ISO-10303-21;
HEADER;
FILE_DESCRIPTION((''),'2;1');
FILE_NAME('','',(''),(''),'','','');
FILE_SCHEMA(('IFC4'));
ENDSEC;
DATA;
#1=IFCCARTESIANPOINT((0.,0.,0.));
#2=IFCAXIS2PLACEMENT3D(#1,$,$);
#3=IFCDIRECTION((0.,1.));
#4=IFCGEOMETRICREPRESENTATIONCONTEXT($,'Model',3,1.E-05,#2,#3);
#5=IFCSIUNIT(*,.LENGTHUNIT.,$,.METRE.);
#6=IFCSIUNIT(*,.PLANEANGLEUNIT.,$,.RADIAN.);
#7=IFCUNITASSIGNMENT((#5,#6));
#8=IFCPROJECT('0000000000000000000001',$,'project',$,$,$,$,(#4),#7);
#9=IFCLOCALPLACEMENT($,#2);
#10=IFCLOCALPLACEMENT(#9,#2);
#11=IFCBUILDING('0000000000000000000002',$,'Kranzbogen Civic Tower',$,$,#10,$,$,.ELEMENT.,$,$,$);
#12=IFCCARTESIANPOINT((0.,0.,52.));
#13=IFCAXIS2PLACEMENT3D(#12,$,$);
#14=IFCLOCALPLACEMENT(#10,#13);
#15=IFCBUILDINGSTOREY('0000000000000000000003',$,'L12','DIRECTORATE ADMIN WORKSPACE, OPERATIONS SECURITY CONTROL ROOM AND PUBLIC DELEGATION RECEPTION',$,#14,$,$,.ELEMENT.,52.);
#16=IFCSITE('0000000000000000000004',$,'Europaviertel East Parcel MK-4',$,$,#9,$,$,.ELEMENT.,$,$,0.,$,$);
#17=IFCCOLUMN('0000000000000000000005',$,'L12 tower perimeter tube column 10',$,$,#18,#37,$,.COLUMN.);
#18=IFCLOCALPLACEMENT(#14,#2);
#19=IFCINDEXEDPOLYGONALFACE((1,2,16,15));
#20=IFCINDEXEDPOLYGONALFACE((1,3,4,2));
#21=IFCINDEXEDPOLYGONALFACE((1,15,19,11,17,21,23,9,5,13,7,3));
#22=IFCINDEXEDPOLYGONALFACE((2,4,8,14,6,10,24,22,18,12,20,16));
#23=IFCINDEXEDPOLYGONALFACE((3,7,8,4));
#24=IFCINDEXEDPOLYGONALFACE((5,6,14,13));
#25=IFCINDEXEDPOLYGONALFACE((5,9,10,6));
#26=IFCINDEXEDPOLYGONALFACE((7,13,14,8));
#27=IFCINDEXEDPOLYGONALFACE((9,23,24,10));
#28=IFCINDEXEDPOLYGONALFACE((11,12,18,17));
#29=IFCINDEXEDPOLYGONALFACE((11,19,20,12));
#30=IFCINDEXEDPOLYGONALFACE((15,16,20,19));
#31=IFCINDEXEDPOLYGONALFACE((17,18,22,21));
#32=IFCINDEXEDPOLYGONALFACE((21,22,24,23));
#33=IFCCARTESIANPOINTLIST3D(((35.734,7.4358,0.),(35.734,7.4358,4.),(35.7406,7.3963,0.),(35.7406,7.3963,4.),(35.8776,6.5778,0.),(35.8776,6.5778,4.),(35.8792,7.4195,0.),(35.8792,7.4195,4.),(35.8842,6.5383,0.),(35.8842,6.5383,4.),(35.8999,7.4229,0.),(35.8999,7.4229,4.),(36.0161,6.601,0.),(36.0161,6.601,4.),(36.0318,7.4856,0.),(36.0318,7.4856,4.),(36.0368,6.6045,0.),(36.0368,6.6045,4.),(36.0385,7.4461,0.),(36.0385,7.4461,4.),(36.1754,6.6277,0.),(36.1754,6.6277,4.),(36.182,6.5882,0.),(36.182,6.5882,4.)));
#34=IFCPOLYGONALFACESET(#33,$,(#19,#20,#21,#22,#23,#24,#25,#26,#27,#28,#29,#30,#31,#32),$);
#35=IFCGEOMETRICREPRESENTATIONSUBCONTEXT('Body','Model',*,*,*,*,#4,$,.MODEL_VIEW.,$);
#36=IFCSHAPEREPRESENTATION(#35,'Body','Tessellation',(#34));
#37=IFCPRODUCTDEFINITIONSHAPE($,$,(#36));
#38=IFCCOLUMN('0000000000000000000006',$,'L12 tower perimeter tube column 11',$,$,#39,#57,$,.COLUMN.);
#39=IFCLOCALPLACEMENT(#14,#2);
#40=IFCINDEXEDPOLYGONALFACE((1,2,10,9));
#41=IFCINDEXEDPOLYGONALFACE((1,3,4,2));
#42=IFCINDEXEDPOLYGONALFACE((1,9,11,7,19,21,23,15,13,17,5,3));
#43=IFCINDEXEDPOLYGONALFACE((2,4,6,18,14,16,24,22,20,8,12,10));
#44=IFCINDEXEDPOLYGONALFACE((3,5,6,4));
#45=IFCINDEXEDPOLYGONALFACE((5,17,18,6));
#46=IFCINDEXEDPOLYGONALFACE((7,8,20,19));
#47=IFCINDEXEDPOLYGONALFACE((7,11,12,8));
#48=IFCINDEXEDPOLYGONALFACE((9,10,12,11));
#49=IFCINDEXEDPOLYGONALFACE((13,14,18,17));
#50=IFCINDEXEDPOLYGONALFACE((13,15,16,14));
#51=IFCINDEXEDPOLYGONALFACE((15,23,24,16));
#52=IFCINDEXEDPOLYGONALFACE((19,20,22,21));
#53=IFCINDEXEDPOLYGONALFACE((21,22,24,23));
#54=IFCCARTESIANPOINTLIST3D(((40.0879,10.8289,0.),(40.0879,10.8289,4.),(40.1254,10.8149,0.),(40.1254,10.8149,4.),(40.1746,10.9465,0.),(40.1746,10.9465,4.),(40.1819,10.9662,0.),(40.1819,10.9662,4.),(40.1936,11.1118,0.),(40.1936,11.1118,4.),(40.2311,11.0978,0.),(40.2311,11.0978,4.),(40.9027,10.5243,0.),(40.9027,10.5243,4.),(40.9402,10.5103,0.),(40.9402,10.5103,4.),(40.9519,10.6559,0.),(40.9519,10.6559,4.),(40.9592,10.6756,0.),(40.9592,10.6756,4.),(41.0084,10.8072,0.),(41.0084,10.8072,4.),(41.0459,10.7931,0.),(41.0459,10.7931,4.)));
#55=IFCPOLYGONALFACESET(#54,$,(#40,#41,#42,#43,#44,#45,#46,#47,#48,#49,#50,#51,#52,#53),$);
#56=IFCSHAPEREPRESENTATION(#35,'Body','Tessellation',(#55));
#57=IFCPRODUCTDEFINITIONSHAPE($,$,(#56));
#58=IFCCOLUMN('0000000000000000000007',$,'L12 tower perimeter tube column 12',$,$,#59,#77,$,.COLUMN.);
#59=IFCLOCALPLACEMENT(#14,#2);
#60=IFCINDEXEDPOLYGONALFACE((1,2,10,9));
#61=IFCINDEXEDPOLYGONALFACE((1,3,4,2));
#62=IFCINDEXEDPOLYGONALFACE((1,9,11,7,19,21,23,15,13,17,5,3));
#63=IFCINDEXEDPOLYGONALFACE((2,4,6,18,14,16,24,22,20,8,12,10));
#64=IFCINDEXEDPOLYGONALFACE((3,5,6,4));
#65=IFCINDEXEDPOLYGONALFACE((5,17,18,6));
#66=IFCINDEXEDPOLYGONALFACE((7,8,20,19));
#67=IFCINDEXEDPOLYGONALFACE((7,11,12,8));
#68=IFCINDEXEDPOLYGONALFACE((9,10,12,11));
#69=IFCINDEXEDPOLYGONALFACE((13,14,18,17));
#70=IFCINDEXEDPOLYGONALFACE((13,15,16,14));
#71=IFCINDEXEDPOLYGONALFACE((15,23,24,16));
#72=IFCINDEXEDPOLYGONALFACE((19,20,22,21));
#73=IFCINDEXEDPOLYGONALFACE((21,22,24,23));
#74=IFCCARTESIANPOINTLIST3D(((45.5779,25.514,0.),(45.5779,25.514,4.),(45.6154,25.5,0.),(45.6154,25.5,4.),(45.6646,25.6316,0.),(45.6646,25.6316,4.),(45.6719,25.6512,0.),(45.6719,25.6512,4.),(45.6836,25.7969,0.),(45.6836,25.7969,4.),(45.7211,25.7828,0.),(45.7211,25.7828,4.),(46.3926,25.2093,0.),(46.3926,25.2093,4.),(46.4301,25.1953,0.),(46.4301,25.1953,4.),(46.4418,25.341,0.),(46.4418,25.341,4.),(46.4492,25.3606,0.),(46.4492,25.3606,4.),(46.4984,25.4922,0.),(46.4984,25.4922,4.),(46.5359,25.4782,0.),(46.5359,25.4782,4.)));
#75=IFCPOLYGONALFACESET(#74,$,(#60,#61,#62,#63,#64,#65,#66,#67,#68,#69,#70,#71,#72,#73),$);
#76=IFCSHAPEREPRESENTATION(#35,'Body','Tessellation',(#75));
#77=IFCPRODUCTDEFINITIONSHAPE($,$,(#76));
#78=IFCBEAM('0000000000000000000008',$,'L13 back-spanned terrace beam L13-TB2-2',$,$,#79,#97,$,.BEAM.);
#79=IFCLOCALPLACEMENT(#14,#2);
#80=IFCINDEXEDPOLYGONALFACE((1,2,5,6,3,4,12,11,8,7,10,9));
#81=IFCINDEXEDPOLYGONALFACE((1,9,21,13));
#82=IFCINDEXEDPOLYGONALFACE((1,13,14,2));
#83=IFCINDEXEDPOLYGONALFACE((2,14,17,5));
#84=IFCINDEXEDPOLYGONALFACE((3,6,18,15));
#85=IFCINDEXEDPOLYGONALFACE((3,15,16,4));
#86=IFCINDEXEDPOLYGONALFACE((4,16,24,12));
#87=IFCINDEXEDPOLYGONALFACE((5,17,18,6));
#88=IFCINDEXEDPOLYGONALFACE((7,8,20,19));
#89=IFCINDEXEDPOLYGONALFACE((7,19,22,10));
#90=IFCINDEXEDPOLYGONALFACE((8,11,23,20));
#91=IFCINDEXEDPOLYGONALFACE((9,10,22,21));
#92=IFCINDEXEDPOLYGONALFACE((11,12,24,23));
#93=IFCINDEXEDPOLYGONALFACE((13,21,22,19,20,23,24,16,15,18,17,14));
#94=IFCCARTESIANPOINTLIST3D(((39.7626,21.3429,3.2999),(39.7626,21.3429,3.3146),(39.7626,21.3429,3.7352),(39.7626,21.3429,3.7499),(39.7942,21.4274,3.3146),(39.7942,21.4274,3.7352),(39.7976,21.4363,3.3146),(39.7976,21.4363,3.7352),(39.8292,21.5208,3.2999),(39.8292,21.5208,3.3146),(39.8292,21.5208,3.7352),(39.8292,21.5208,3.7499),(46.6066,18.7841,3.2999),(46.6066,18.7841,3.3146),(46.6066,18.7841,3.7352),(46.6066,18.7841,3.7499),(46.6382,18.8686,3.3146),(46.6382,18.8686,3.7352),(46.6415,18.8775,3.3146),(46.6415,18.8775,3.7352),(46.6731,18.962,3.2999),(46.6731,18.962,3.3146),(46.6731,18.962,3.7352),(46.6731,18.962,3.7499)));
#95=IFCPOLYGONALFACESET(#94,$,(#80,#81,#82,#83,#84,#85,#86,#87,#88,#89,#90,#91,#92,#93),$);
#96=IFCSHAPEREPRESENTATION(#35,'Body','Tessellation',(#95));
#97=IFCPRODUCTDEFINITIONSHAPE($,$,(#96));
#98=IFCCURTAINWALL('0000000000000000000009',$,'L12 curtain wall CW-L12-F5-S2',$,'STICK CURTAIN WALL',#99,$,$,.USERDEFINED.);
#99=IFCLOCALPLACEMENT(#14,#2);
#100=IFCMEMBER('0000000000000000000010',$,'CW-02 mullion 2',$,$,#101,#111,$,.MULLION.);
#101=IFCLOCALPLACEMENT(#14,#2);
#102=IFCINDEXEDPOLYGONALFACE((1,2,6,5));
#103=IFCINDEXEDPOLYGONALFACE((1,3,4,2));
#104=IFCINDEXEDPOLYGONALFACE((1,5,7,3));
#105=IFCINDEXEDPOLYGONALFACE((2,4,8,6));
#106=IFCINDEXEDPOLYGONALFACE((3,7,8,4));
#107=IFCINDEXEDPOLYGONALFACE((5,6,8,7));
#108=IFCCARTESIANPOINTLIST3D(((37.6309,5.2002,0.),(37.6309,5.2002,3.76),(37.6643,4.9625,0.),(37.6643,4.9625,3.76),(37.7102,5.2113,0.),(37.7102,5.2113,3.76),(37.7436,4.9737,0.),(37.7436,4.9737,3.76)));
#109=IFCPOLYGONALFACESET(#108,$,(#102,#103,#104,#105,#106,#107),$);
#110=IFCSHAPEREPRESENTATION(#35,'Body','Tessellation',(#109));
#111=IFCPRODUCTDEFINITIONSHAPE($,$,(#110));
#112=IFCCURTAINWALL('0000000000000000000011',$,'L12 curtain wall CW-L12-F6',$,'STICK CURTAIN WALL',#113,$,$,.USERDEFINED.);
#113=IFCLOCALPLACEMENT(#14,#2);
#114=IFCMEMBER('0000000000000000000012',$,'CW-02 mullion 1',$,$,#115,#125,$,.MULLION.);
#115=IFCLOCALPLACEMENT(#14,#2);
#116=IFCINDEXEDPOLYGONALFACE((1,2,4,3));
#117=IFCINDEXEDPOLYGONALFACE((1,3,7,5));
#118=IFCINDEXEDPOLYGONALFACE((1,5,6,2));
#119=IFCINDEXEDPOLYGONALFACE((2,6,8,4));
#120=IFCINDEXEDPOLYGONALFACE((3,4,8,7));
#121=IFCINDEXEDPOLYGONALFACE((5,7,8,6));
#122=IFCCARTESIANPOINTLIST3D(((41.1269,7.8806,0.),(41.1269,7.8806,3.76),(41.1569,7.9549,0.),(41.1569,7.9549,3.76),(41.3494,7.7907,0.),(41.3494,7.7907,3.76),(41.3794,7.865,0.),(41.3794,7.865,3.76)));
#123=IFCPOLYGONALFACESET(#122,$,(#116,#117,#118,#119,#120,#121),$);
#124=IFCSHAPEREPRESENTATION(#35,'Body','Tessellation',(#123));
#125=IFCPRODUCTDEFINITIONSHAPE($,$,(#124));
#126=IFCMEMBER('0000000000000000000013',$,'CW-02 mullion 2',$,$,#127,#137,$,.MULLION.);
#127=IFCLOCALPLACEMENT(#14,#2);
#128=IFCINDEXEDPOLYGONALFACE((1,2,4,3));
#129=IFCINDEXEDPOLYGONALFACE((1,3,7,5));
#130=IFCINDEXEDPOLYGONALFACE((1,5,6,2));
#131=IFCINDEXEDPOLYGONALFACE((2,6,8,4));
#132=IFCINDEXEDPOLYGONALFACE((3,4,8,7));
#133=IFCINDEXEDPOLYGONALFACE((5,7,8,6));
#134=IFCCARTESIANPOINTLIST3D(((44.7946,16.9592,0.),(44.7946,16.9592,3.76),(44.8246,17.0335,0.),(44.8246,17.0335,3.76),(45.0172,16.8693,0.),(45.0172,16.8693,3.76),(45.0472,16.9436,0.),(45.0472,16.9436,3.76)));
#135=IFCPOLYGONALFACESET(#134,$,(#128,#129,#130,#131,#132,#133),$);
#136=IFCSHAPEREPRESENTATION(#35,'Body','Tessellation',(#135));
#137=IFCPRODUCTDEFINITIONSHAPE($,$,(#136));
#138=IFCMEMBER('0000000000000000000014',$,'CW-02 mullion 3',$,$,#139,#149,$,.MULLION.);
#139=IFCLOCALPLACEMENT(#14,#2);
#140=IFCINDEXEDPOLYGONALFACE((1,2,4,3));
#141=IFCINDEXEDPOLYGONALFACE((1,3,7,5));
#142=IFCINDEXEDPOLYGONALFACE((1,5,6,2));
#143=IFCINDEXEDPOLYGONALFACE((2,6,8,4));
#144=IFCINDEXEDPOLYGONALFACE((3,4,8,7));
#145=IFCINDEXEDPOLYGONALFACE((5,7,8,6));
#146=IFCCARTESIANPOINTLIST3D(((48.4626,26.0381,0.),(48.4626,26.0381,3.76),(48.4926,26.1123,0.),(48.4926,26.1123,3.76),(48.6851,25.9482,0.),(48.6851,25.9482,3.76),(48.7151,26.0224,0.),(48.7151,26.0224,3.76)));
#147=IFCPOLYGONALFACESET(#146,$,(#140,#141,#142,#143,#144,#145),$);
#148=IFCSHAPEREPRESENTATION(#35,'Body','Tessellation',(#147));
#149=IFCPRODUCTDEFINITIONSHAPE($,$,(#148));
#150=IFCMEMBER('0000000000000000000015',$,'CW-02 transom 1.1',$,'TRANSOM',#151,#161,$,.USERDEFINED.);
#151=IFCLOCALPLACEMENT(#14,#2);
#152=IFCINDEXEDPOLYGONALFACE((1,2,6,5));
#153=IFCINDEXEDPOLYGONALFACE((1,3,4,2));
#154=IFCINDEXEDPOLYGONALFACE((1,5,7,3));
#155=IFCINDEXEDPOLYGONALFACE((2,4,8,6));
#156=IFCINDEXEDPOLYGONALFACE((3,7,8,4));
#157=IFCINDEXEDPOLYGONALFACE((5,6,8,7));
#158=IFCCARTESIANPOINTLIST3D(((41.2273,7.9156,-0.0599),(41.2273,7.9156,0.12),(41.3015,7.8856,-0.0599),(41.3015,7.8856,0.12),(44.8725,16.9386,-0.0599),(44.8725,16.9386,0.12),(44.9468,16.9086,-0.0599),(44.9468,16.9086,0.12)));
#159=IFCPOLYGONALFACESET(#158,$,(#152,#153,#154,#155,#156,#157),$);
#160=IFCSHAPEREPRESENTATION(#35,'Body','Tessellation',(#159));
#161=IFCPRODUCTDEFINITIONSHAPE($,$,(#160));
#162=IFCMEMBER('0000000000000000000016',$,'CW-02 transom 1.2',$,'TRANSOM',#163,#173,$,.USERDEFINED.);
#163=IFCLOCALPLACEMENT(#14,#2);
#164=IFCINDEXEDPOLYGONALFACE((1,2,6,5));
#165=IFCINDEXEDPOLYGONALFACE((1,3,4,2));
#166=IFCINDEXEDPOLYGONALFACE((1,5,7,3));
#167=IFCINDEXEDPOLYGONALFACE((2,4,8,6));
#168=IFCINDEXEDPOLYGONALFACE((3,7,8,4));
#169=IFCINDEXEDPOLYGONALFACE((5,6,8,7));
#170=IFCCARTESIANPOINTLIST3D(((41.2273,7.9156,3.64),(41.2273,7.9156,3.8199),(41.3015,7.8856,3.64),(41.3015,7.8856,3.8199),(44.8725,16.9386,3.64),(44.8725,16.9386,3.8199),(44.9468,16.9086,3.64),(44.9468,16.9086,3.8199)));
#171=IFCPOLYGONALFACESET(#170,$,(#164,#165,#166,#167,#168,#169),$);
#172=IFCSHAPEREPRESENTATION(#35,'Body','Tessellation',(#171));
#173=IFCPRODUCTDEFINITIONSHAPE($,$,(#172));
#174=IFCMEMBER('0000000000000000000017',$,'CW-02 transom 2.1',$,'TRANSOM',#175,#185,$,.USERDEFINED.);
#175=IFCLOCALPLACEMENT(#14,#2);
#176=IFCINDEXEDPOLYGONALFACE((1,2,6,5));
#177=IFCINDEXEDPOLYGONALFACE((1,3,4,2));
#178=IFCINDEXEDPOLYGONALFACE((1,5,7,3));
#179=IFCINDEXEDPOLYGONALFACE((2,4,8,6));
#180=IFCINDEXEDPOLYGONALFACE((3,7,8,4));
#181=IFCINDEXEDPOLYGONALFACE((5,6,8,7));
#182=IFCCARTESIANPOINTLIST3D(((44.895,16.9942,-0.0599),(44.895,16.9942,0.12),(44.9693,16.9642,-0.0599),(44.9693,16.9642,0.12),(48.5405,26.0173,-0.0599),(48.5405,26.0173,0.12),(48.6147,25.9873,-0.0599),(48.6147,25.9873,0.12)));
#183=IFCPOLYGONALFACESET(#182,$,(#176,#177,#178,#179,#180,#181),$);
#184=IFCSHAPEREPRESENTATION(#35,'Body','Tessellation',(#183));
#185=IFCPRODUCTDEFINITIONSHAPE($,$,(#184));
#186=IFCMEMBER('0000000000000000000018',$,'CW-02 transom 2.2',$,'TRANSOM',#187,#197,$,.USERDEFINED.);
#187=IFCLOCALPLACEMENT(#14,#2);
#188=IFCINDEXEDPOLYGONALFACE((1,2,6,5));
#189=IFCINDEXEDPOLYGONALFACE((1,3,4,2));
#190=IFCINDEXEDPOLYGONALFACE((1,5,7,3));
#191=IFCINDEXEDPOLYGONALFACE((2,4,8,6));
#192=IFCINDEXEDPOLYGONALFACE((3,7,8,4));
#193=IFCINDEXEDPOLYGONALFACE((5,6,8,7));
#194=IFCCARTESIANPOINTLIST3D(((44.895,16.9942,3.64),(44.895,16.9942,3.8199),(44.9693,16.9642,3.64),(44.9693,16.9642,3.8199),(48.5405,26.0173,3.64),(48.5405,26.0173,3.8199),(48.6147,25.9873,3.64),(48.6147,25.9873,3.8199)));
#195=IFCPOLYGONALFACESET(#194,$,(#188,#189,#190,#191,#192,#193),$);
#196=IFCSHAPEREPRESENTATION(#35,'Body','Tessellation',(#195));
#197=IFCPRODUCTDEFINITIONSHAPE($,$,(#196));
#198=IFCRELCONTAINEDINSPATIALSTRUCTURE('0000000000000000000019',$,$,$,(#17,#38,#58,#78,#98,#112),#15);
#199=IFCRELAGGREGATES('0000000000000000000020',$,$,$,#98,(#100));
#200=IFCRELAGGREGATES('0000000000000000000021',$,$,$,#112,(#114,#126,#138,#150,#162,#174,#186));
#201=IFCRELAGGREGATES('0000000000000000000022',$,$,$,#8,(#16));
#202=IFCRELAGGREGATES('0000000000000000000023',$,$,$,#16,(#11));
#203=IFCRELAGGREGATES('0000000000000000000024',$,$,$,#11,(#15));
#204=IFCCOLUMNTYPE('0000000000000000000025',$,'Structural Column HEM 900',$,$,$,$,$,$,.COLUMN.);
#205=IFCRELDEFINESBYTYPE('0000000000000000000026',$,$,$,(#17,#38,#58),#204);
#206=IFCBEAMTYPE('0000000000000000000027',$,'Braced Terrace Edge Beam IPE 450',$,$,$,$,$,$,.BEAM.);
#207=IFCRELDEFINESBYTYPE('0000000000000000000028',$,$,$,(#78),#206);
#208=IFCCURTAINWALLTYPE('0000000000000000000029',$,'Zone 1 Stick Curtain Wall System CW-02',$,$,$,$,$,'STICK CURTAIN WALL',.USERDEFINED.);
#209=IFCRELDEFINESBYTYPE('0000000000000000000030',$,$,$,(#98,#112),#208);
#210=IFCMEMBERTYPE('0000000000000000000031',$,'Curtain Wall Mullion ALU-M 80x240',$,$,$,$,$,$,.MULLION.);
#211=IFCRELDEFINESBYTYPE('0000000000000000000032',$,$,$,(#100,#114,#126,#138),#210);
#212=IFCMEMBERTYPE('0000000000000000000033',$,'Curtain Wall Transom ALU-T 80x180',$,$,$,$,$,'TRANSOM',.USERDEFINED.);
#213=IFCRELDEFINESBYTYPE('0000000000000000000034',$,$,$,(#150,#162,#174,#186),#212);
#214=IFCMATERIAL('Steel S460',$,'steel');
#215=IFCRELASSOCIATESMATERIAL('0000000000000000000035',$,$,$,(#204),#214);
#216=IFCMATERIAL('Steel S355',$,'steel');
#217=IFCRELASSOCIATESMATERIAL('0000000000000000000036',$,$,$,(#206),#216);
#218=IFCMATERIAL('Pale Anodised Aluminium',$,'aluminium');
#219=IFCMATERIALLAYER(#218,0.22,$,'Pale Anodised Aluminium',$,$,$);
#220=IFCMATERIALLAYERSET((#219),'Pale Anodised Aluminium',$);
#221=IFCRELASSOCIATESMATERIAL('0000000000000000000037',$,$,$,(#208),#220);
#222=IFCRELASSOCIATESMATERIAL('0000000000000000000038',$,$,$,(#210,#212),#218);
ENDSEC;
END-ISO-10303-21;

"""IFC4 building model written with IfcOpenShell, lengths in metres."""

from ifc_helpers import new_model, si_unit, direction, frame, origin, origin_2d, place, context, subcontext, project, spatial, rectangle, i_section, extrude, material, layer, layer_set, material_profile, profile_set, type_object, element, aggregate, save


model = new_model("IFC4")

# Units and contexts
model_context = context("Model", 3, precision=1e-05, world=origin(), true_north=direction((0.0, 1.0)))
body_context = subcontext(model_context, "Body", "Model", "MODEL_VIEW")
ifc_project = project(units=[si_unit("LENGTHUNIT", "METRE"), si_unit("PLANEANGLEUNIT", "RADIAN")], contexts=[model_context])

# Site, building, storey
site_placement = place(None, origin())
site = spatial("IfcSite", under=ifc_project, at=site_placement, Name="Europaviertel East Parcel MK-4", CompositionType="ELEMENT", RefElevation=0.0)
building_placement = place(site_placement, origin())
building = spatial("IfcBuilding", under=site, at=building_placement, Name="Kranzbogen Civic Tower", CompositionType="ELEMENT")
storey_placement = place(building_placement, frame((0.0, 0.0, 52.0)))
storey = spatial("IfcBuildingStorey", under=building, at=storey_placement, Name="L12", Description="DIRECTORATE ADMIN WORKSPACE, OPERATIONS SECURITY CONTROL ROOM AND PUBLIC DELEGATION RECEPTION", CompositionType="ELEMENT", Elevation=52.0)

# Columns
ifc_material_1 = material(Name="Steel S460", Category="steel")
ifc_material_profile_1 = material_profile(ifc_material_1, i_section(OverallWidth=0.302, OverallDepth=0.9099, WebThickness=0.021, FlangeThickness=0.04, at=origin_2d()), Name="HEM 900")
ifc_profile_set_1 = profile_set([ifc_material_profile_1], Name="Steel S460")
column_type = type_object("IfcColumnType", Name="Structural Column HEM 900", PredefinedType="COLUMN", material=ifc_profile_set_1)
for number, where, z_axis, x_axis, name in (
    (1, (35.958, 7.012, 0.0), (0.0, 0.0, 1.0), (0.986286, 0.165048, 0.0), "L12 tower perimeter tube column 10"),
    (2, (40.5669, 10.811, 0.0), (0.0, 0.0, 1.0), (0.350207, 0.936672, 0.0), "L12 tower perimeter tube column 11"),
    (3, (46.0569, 25.4961, 0.0), (0.0, 0.0, 1.0), (0.350207, 0.936672, 0.0), "L12 tower perimeter tube column 12"),
):
    element("IfcColumn", number, at=place(storey_placement, frame(where, z_axis=z_axis, x_axis=x_axis)), inside=storey, type_object=column_type, Name=name, PredefinedType="COLUMN", context=body_context, shape_type="SweptSolid", body=[
        extrude(i_section(OverallWidth=0.302, OverallDepth=0.9099, WebThickness=0.021, FlangeThickness=0.04, at=origin_2d()), origin(), (0.0, 0.0, 1.0), 4.0),
    ])

# Beam
ifc_material_2 = material(Name="Steel S355", Category="steel")
ifc_material_profile_2 = material_profile(ifc_material_2, i_section(OverallWidth=0.1899, OverallDepth=0.45, WebThickness=0.0095, FlangeThickness=0.0146, at=origin_2d()), Name="IPE 450")
ifc_profile_set_2 = profile_set([ifc_material_profile_2], Name="Steel S355")
beam_type_1 = type_object("IfcBeamType", Name="Braced Terrace Edge Beam IPE 450", PredefinedType="BEAM", material=ifc_profile_set_2)
beam_1_placement = place(storey_placement, frame((39.7959, 21.4319, 3.5249), z_axis=(0.936673, -0.350204, 0.0), x_axis=(0.350204, 0.936673, 0.0)))
element("IfcBeam", 4, at=beam_1_placement, inside=storey, type_object=beam_type_1, Name="L13 back-spanned terrace beam L13-TB2-2", PredefinedType="BEAM", context=body_context, shape_type="SweptSolid", body=[
    extrude(i_section(OverallWidth=0.1899, OverallDepth=0.45, WebThickness=0.0095, FlangeThickness=0.0146, at=origin_2d()), origin(), (0.0, 0.0, 1.0), 7.3066),
])

# Curtain wall, member
ifc_material_3 = material(Name="Pale Anodised Aluminium", Category="aluminium")
ifc_layer_1 = layer(ifc_material_3, 0.22, Name="Pale Anodised Aluminium")
ifc_layer_set_1 = layer_set([ifc_layer_1], Name="Pale Anodised Aluminium")
curtain_wall_type = type_object("IfcCurtainWallType", Name="Zone 1 Stick Curtain Wall System CW-02", ElementType="STICK CURTAIN WALL", PredefinedType="USERDEFINED", material=ifc_layer_set_1)
curtain_wall_1_placement = place(storey_placement, origin())
curtain_wall_1 = element("IfcCurtainWall", 5, at=curtain_wall_1_placement, inside=storey, type_object=curtain_wall_type, Name="L12 curtain wall CW-L12-F5-S2", ObjectType="STICK CURTAIN WALL", PredefinedType="USERDEFINED")
ifc_material_profile_3 = material_profile(ifc_material_3, rectangle(XDim=0.0801, YDim=0.24, at=origin_2d()), Name="ALU-M 80x240")
ifc_profile_set_3 = profile_set([ifc_material_profile_3], Name="Pale Anodised Aluminium")
member_type_1 = type_object("IfcMemberType", Name="Curtain Wall Mullion ALU-M 80x240", PredefinedType="MULLION", material=ifc_profile_set_3)
member_1_placement = place(storey_placement, frame((37.6873, 5.0869, 0.0), z_axis=(0.0, 0.0, 1.0), x_axis=(0.990267, 0.13918, 0.0)))
member_1 = element("IfcMember", 6, at=member_1_placement, type_object=member_type_1, Name="CW-02 mullion 2", PredefinedType="MULLION", context=body_context, shape_type="SweptSolid", body=[
    extrude(rectangle(XDim=0.0801, YDim=0.24, at=origin_2d()), origin(), (0.0, 0.0, 1.0), 3.76),
])
aggregate(curtain_wall_1, [member_1])

# Curtain wall, members
curtain_wall_2_placement = place(storey_placement, origin())
curtain_wall_2 = element("IfcCurtainWall", 7, at=curtain_wall_2_placement, inside=storey, type_object=curtain_wall_type, Name="L12 curtain wall CW-L12-F6", ObjectType="STICK CURTAIN WALL", PredefinedType="USERDEFINED")
member_2_placement = place(storey_placement, frame((41.2532, 7.8728, 0.0), z_axis=(0.0, 0.0, 1.0), x_axis=(0.374583, 0.927193, 0.0)))
member_2 = element("IfcMember", 8, at=member_2_placement, type_object=member_type_1, Name="CW-02 mullion 1", PredefinedType="MULLION", context=body_context, shape_type="SweptSolid", body=[
    extrude(rectangle(XDim=0.0801, YDim=0.24, at=origin_2d()), origin(), (0.0, 0.0, 1.0), 3.76),
])
member_3_placement = place(storey_placement, frame((44.9209, 16.9514, 0.0), z_axis=(0.0, 0.0, 1.0), x_axis=(0.374583, 0.927193, 0.0)))
member_3 = element("IfcMember", 9, at=member_3_placement, type_object=member_type_1, Name="CW-02 mullion 2", PredefinedType="MULLION", context=body_context, shape_type="SweptSolid", body=[
    extrude(rectangle(XDim=0.0801, YDim=0.24, at=origin_2d()), origin(), (0.0, 0.0, 1.0), 3.76),
])
member_4_placement = place(storey_placement, frame((48.5889, 26.0303, 0.0), z_axis=(0.0, 0.0, 1.0), x_axis=(0.374583, 0.927193, 0.0)))
member_4 = element("IfcMember", 10, at=member_4_placement, type_object=member_type_1, Name="CW-02 mullion 3", PredefinedType="MULLION", context=body_context, shape_type="SweptSolid", body=[
    extrude(rectangle(XDim=0.0801, YDim=0.24, at=origin_2d()), origin(), (0.0, 0.0, 1.0), 3.76),
])
ifc_material_profile_4 = material_profile(ifc_material_3, rectangle(XDim=0.0801, YDim=0.1799, at=origin_2d()), Name="ALU-T 80x180")
ifc_profile_set_4 = profile_set([ifc_material_profile_4], Name="Pale Anodised Aluminium")
member_type_2 = type_object("IfcMemberType", Name="Curtain Wall Transom ALU-T 80x180", ElementType="TRANSOM", PredefinedType="USERDEFINED", material=ifc_profile_set_4)
member_5_placement = place(storey_placement, frame((41.2644, 7.9006, 0.03), z_axis=(0.374585, 0.927193, 0.0), x_axis=(-0.927193, 0.374585, 0.0)))
member_5 = element("IfcMember", 11, at=member_5_placement, type_object=member_type_2, Name="CW-02 transom 1.1", ObjectType="TRANSOM", PredefinedType="USERDEFINED", context=body_context, shape_type="SweptSolid", body=[
    extrude(rectangle(XDim=0.0801, YDim=0.1799, at=origin_2d()), origin(), (0.0, 0.0, 1.0), 9.7314),
])
member_6_placement = place(storey_placement, frame((41.2644, 7.9006, 3.73), z_axis=(0.374585, 0.927193, 0.0), x_axis=(-0.927193, 0.374585, 0.0)))
member_6 = element("IfcMember", 12, at=member_6_placement, type_object=member_type_2, Name="CW-02 transom 1.2", ObjectType="TRANSOM", PredefinedType="USERDEFINED", context=body_context, shape_type="SweptSolid", body=[
    extrude(rectangle(XDim=0.0801, YDim=0.1799, at=origin_2d()), origin(), (0.0, 0.0, 1.0), 9.7314),
])
member_7_placement = place(storey_placement, frame((44.9321, 16.9792, 0.03), z_axis=(0.374598, 0.927187, 0.0), x_axis=(-0.927187, 0.374598, 0.0)))
member_7 = element("IfcMember", 13, at=member_7_placement, type_object=member_type_2, Name="CW-02 transom 2.1", ObjectType="TRANSOM", PredefinedType="USERDEFINED", context=body_context, shape_type="SweptSolid", body=[
    extrude(rectangle(XDim=0.0801, YDim=0.1799, at=origin_2d()), origin(), (0.0, 0.0, 1.0), 9.7317),
])
member_8_placement = place(storey_placement, frame((44.9321, 16.9792, 3.73), z_axis=(0.374598, 0.927187, 0.0), x_axis=(-0.927187, 0.374598, 0.0)))
member_8 = element("IfcMember", 14, at=member_8_placement, type_object=member_type_2, Name="CW-02 transom 2.2", ObjectType="TRANSOM", PredefinedType="USERDEFINED", context=body_context, shape_type="SweptSolid", body=[
    extrude(rectangle(XDim=0.0801, YDim=0.1799, at=origin_2d()), origin(), (0.0, 0.0, 1.0), 9.7317),
])

aggregate(curtain_wall_2, [member_2, member_3, member_4, member_5, member_6, member_7, member_8])

save(model, "model.ifc")
